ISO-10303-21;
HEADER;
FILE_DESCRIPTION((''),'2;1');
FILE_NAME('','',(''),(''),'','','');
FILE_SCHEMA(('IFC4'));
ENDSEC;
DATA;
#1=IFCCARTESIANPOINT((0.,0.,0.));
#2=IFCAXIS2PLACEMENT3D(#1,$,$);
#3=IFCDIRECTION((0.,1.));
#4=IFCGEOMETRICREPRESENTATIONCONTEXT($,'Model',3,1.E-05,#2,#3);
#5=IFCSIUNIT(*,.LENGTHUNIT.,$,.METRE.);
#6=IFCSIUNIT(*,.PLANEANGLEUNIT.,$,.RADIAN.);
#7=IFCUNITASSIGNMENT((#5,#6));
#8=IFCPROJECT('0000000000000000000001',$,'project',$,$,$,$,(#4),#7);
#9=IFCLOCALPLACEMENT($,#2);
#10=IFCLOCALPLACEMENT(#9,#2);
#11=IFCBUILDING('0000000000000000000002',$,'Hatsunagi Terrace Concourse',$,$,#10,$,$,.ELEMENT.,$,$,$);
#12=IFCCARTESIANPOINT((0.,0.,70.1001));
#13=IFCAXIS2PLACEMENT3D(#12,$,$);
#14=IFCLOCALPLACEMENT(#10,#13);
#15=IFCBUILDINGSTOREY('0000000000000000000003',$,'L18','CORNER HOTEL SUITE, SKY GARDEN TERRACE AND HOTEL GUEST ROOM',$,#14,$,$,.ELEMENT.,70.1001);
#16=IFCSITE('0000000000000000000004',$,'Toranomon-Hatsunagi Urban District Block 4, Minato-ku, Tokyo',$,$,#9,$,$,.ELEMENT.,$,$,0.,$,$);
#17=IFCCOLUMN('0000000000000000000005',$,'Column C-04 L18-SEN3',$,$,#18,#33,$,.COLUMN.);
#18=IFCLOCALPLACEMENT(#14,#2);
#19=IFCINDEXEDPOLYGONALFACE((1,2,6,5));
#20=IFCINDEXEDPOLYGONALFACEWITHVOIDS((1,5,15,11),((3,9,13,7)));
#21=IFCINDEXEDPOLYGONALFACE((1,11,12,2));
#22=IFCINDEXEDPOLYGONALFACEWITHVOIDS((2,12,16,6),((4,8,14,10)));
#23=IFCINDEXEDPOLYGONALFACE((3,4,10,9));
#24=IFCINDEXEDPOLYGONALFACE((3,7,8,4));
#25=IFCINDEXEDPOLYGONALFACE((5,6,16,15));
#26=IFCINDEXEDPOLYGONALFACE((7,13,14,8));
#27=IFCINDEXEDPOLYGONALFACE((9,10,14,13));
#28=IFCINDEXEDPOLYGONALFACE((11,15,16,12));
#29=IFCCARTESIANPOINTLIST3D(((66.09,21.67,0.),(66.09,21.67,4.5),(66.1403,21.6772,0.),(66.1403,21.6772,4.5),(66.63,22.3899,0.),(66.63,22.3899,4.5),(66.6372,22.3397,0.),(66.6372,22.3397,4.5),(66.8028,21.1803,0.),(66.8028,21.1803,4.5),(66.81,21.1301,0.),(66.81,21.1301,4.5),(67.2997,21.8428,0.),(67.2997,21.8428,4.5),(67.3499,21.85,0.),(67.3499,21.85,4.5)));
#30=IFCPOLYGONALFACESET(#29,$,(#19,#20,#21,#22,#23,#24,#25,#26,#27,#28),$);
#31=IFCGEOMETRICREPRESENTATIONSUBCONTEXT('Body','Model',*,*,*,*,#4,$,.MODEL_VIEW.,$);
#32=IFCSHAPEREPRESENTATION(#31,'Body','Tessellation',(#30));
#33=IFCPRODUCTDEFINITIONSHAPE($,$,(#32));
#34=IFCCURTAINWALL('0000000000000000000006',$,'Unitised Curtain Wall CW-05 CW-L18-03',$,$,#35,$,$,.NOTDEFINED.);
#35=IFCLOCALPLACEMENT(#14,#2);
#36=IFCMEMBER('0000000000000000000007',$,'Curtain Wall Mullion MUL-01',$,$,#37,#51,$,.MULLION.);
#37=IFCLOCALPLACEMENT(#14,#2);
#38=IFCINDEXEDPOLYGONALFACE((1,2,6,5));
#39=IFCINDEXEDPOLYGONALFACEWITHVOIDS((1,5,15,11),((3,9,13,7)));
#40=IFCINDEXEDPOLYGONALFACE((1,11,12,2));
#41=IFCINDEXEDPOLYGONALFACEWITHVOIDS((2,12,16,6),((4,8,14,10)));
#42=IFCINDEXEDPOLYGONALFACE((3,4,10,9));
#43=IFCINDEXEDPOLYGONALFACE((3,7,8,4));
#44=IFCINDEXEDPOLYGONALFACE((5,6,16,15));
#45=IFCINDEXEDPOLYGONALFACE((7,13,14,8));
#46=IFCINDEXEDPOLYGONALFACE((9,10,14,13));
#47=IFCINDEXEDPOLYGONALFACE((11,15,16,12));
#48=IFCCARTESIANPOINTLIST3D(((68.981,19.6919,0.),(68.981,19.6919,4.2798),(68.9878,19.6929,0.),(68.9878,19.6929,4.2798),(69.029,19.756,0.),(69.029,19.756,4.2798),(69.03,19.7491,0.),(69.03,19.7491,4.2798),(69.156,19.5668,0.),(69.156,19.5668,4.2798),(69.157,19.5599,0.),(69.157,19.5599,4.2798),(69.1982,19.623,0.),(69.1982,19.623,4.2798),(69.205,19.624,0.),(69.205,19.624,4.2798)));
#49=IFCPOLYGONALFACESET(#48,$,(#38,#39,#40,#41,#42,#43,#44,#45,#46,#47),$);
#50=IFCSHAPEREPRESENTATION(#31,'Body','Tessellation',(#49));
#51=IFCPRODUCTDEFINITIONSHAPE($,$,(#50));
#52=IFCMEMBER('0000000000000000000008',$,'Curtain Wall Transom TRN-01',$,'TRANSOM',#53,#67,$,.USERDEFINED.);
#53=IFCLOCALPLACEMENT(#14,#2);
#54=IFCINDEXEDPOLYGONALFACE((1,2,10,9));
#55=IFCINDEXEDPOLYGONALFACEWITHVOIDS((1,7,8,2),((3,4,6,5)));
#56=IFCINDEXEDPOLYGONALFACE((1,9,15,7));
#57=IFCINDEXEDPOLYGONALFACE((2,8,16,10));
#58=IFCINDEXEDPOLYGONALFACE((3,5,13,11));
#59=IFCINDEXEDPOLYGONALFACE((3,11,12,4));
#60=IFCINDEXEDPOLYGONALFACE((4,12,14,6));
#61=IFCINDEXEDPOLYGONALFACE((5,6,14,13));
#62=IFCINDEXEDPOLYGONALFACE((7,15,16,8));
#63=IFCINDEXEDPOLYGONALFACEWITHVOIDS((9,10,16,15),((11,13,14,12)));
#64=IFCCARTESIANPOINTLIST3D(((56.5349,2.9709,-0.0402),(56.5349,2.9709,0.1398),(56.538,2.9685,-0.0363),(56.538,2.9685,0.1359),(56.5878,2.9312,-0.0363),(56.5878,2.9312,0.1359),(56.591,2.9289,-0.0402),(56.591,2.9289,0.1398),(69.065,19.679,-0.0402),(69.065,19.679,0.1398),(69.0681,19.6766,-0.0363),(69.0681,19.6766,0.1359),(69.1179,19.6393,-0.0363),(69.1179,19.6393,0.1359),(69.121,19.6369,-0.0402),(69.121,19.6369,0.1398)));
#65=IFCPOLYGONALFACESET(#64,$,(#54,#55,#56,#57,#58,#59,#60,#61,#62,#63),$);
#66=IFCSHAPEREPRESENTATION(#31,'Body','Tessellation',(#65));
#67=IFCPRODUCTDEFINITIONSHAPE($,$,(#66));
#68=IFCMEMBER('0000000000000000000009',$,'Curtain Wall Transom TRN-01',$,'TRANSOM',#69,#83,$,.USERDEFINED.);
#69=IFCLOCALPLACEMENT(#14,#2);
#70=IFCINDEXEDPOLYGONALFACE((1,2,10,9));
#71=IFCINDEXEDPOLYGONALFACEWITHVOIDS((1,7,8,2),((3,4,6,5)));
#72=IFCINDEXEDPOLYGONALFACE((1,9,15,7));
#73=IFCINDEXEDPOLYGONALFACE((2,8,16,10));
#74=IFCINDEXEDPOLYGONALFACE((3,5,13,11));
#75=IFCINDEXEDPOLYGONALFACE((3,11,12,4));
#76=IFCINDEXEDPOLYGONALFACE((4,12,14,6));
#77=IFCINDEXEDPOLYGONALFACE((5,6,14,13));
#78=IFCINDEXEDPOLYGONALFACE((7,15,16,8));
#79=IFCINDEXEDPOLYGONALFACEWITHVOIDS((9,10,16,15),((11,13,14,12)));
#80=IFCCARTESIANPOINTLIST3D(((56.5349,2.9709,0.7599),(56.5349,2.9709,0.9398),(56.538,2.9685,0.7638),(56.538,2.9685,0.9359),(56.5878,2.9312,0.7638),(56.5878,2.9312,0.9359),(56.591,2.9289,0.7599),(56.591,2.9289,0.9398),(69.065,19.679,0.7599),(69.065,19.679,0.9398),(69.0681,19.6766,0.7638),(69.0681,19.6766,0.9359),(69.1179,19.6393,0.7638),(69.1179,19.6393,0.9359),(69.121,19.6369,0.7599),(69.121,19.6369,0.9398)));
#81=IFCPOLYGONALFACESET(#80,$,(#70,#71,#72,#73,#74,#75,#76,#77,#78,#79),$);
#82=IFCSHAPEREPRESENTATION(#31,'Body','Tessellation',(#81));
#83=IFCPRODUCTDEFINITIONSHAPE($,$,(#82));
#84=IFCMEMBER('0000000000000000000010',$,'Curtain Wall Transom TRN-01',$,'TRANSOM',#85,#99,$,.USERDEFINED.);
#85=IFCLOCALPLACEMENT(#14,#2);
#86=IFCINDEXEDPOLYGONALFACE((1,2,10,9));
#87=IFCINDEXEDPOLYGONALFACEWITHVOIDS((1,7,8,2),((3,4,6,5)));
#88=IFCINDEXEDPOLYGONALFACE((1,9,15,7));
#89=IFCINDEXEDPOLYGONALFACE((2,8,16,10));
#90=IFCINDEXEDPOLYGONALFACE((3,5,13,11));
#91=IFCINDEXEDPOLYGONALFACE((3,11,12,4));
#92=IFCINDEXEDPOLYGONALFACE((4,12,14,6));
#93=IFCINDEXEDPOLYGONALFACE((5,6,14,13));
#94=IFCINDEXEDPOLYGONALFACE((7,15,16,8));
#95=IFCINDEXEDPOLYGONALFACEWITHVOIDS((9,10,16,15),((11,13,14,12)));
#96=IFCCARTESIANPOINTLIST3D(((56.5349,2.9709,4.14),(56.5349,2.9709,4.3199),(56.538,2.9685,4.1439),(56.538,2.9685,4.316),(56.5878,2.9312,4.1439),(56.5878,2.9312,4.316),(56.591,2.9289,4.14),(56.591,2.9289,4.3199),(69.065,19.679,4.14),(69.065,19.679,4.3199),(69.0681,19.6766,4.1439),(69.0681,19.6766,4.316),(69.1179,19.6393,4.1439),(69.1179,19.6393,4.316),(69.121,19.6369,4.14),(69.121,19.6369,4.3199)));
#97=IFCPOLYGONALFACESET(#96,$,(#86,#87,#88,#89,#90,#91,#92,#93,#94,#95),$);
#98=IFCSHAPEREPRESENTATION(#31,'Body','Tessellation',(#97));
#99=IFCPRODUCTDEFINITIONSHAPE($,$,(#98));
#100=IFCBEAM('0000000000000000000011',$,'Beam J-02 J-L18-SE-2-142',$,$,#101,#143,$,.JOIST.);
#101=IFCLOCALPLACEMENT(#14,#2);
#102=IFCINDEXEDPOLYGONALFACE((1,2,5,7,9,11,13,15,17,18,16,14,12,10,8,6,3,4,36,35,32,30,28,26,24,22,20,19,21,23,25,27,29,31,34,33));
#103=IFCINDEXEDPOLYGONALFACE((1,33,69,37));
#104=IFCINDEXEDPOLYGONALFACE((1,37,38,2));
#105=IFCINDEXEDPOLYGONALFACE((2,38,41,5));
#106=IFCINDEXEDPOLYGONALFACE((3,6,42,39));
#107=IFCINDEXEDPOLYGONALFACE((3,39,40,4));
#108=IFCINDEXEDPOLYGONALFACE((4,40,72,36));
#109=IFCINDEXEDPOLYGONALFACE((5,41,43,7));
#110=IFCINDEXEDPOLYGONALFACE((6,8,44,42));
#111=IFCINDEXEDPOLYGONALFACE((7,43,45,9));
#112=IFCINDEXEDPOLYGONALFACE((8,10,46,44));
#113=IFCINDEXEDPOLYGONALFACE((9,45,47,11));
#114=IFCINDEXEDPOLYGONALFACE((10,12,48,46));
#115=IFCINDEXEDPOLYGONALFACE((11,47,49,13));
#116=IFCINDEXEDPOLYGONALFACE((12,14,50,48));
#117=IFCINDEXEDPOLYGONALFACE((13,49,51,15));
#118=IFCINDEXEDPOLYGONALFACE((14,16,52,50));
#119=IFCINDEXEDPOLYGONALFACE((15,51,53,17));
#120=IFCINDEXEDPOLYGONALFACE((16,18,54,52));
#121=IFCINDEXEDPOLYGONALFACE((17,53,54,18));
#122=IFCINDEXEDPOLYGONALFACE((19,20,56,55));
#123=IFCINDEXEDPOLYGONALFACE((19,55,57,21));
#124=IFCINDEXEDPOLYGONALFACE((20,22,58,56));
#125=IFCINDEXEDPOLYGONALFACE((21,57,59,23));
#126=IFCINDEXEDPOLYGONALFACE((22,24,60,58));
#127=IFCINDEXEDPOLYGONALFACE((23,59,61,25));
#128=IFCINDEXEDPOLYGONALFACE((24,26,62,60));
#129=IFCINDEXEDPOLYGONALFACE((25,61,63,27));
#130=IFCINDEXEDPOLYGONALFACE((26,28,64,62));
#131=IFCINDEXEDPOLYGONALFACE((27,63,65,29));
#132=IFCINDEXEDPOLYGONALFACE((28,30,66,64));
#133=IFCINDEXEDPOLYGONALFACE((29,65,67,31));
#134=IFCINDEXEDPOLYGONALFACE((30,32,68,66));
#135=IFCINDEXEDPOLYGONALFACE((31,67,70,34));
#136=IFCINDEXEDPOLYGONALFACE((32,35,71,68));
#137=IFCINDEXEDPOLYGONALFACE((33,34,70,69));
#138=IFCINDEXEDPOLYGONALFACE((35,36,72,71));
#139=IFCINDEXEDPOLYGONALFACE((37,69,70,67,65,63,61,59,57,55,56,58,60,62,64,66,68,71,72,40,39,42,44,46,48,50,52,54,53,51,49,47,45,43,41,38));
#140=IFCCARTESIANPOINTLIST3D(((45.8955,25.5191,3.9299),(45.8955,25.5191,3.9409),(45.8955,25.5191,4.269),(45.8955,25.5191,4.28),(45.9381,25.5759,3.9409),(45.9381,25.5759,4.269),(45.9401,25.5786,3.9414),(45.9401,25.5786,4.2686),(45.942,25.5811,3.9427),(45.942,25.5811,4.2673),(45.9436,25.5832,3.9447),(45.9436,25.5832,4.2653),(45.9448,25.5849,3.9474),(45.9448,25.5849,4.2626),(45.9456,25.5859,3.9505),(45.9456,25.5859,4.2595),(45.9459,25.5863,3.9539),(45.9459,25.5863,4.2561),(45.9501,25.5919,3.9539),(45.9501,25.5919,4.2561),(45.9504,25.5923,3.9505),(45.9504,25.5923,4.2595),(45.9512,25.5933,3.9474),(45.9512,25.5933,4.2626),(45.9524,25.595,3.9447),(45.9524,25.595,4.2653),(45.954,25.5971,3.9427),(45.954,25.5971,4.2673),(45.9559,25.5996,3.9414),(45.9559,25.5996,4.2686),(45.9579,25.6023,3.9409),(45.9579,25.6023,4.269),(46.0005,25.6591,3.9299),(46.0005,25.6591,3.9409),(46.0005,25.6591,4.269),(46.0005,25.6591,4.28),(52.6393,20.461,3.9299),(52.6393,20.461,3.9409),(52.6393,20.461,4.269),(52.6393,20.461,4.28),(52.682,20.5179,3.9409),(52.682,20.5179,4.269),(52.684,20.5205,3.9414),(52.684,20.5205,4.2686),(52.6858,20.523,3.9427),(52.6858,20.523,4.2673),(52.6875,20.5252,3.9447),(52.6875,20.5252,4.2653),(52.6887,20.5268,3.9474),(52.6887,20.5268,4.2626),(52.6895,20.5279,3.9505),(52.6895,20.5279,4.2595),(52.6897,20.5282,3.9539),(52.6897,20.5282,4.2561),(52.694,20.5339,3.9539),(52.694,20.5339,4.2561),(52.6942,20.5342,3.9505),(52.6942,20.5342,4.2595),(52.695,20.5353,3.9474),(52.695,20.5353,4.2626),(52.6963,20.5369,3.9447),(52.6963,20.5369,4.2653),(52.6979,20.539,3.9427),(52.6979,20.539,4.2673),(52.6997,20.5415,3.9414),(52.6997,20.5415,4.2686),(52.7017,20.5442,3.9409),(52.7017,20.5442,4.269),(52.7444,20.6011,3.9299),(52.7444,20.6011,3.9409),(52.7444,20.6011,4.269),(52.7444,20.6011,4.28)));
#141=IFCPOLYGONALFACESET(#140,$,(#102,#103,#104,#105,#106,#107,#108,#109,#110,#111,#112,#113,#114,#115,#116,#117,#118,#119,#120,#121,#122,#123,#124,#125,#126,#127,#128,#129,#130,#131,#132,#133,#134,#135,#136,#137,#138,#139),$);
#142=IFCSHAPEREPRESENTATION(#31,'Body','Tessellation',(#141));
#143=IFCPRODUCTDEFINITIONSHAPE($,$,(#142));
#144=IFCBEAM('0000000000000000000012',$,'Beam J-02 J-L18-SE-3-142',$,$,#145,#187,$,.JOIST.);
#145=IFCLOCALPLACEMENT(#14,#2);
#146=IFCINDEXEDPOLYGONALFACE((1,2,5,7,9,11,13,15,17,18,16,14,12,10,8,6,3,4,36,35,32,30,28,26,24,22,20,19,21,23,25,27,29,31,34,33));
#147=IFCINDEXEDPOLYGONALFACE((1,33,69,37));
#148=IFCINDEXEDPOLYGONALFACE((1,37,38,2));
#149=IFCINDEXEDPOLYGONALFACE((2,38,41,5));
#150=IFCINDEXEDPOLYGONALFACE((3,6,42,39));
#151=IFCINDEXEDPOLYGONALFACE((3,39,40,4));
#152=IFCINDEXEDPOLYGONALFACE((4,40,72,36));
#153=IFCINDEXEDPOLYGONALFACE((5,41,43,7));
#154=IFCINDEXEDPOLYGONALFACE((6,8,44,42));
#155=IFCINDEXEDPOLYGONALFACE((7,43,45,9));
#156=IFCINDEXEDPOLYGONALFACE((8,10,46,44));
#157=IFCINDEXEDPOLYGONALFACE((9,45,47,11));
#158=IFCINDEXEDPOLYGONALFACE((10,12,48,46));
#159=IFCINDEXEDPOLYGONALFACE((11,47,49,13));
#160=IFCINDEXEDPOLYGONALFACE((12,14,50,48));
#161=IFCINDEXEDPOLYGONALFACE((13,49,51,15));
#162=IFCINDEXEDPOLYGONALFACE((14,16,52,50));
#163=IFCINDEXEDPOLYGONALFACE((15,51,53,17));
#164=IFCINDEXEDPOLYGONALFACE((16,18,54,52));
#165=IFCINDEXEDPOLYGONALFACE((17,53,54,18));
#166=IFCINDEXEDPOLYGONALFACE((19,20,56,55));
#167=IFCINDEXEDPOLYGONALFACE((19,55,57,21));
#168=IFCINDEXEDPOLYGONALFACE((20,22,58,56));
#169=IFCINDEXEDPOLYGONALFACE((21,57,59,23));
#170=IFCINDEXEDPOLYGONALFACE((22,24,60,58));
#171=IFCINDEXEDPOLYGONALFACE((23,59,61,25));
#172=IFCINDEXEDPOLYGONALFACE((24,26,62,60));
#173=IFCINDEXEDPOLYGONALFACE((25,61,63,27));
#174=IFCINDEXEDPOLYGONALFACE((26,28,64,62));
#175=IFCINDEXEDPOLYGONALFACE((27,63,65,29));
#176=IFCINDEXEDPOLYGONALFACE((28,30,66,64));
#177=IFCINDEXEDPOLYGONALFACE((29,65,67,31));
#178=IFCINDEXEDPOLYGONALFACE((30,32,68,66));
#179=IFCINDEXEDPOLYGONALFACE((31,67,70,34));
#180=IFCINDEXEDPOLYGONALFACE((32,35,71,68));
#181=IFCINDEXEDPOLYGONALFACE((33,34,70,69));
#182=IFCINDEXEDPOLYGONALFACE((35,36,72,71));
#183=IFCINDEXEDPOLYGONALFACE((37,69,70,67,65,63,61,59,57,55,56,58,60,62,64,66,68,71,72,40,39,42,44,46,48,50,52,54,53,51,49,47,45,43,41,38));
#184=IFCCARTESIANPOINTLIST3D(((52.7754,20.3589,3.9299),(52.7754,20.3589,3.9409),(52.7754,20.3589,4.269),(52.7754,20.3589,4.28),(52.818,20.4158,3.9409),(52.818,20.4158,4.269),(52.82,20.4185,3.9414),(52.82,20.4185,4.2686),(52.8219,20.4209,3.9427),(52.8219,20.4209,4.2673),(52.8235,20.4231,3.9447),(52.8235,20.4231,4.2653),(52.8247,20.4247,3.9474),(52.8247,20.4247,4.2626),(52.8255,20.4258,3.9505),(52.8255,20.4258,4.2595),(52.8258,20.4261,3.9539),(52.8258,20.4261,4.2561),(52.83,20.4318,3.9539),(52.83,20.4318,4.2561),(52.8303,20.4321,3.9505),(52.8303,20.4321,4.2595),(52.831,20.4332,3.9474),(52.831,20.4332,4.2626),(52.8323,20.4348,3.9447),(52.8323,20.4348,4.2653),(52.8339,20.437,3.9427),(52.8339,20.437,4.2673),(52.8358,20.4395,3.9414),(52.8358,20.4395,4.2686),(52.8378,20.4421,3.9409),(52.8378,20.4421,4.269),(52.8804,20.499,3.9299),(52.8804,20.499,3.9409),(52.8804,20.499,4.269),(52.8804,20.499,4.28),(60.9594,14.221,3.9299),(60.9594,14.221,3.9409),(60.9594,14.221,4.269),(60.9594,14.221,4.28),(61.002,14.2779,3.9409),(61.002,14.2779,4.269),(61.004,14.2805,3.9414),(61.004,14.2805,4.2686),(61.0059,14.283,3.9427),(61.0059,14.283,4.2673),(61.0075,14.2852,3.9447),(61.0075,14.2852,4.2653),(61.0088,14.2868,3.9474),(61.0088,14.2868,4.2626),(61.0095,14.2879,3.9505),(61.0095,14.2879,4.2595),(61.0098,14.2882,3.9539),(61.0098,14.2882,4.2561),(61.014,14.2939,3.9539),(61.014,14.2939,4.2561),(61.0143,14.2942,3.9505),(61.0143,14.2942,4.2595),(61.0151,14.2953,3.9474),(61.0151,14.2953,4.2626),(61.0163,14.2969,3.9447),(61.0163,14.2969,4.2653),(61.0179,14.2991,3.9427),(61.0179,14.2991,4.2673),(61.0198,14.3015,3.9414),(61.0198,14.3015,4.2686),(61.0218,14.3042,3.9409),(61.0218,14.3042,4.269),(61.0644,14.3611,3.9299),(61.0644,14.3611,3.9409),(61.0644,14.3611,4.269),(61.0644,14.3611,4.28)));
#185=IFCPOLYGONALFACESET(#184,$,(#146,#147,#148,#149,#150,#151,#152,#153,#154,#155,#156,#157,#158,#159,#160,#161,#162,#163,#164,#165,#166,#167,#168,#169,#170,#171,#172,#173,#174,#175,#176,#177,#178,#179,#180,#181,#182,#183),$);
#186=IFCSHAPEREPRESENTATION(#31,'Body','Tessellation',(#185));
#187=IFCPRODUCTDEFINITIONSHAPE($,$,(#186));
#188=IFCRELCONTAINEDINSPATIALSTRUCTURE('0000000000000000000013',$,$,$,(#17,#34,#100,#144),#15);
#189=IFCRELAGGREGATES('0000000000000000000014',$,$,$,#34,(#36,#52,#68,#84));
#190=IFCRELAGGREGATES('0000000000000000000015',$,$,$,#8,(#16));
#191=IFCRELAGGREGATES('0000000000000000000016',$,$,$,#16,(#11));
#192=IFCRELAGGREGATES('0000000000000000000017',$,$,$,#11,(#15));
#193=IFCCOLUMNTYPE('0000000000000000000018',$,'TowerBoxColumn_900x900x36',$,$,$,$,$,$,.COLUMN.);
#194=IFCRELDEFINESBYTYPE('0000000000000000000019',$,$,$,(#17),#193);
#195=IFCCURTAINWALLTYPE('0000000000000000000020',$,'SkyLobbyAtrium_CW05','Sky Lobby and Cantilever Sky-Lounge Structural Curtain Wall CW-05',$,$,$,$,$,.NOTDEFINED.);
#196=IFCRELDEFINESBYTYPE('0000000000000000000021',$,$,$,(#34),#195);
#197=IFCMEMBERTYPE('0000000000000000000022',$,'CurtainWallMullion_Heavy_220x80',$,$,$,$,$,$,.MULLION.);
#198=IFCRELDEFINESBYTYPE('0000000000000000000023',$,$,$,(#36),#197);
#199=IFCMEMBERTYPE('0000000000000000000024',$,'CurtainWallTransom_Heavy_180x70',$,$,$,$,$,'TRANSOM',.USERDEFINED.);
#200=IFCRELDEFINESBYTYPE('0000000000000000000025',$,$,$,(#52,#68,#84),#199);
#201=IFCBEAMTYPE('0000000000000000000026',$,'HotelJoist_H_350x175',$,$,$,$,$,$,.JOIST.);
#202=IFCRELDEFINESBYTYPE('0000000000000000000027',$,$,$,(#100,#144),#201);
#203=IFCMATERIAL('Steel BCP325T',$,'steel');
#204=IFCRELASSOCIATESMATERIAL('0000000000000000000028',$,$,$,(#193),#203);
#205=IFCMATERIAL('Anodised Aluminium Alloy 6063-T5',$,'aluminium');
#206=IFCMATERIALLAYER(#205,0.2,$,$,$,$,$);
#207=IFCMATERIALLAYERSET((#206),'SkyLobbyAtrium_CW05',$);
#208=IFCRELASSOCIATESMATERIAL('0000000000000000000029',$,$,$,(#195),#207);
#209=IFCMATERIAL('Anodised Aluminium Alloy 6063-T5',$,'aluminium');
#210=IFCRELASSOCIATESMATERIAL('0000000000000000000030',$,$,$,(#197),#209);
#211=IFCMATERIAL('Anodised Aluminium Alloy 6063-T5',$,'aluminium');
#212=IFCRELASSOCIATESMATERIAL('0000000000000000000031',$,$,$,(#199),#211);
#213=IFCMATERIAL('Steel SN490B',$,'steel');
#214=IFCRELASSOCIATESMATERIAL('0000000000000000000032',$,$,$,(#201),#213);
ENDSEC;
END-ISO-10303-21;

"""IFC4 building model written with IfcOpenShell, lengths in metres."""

from ifc_helpers import new_model, si_unit, direction, frame, origin, origin_2d, place, context, subcontext, project, spatial, hollow_rectangle, i_section, extrude, material, layer, layer_set, material_profile, profile_set, type_object, element, aggregate, save


model = new_model("IFC4")

# Units and contexts
model_context = context("Model", 3, precision=1e-05, world=origin(), true_north=direction((0.0, 1.0)))
body_context = subcontext(model_context, "Body", "Model", "MODEL_VIEW")
ifc_project = project(units=[si_unit("LENGTHUNIT", "METRE"), si_unit("PLANEANGLEUNIT", "RADIAN")], contexts=[model_context])

# Site, building, storey
site_placement = place(None, origin())
site = spatial("IfcSite", under=ifc_project, at=site_placement, Name="Toranomon-Hatsunagi Urban District Block 4, Minato-ku, Tokyo", CompositionType="ELEMENT", RefElevation=0.0)
building_placement = place(site_placement, origin())
building = spatial("IfcBuilding", under=site, at=building_placement, Name="Hatsunagi Terrace Concourse", CompositionType="ELEMENT")
storey_placement = place(building_placement, frame((0.0, 0.0, 70.1001)))
storey = spatial("IfcBuildingStorey", under=building, at=storey_placement, Name="L18", Description="CORNER HOTEL SUITE, SKY GARDEN TERRACE AND HOTEL GUEST ROOM", CompositionType="ELEMENT", Elevation=70.1001)

# Column
ifc_material_1 = material(Name="Steel BCP325T", Category="steel")
ifc_material_profile_1 = material_profile(ifc_material_1, hollow_rectangle(XDim=0.8999, YDim=0.8999, WallThickness=0.0359, at=origin_2d()), Name="BCP-900x900x36")
ifc_profile_set_1 = profile_set([ifc_material_profile_1], Name="Steel BCP325T")
column_type = type_object("IfcColumnType", Name="TowerBoxColumn_900x900x36", PredefinedType="COLUMN", material=ifc_profile_set_1)
column_placement = place(storey_placement, frame((66.72, 21.76, 0.0), z_axis=(0.0, 0.0, 1.0), x_axis=(0.8, -0.6, 0.0)))
element("IfcColumn", 1, at=column_placement, inside=storey, type_object=column_type, Name="Column C-04 L18-SEN3", PredefinedType="COLUMN", context=body_context, shape_type="SweptSolid", body=[
    extrude(hollow_rectangle(XDim=0.8999, YDim=0.8999, WallThickness=0.0359, at=origin_2d()), origin(), (0.0, 0.0, 1.0), 4.5),
])

# Curtain wall, members
ifc_material_2 = material(Name="Anodised Aluminium Alloy 6063-T5", Category="aluminium")
ifc_layer_1 = layer(ifc_material_2, 0.2)
ifc_layer_set_1 = layer_set([ifc_layer_1], Name="SkyLobbyAtrium_CW05")
curtain_wall_type = type_object("IfcCurtainWallType", Name="SkyLobbyAtrium_CW05", Description="Sky Lobby and Cantilever Sky-Lounge Structural Curtain Wall CW-05", PredefinedType="NOTDEFINED", material=ifc_layer_set_1)
curtain_wall_placement = place(storey_placement, origin())
curtain_wall = element("IfcCurtainWall", 2, at=curtain_wall_placement, inside=storey, type_object=curtain_wall_type, Name="Unitised Curtain Wall CW-05 CW-L18-03", PredefinedType="NOTDEFINED")
ifc_material_3 = material(Name="Anodised Aluminium Alloy 6063-T5", Category="aluminium")
ifc_material_profile_2 = material_profile(ifc_material_3, hollow_rectangle(XDim=0.0801, YDim=0.22, WallThickness=0.0049, at=origin_2d()), Name="ALU-MUL-220x80x5")
ifc_profile_set_2 = profile_set([ifc_material_profile_2], Name="Anodised Aluminium Alloy 6063-T5")
member_type_1 = type_object("IfcMemberType", Name="CurtainWallMullion_Heavy_220x80", PredefinedType="MULLION", material=ifc_profile_set_2)
member_1_placement = place(storey_placement, frame((69.093, 19.658, 0.0), z_axis=(0.0, 0.0, 1.0), x_axis=(-0.599969, -0.800023, 0.0)))
member_1 = element("IfcMember", 3, at=member_1_placement, type_object=member_type_1, Name="Curtain Wall Mullion MUL-01", PredefinedType="MULLION", context=body_context, shape_type="SweptSolid", body=[
    extrude(hollow_rectangle(XDim=0.0801, YDim=0.22, WallThickness=0.0049, at=origin_2d()), origin(), (0.0, 0.0, 1.0), 4.2798),
])
ifc_material_4 = material(Name="Anodised Aluminium Alloy 6063-T5", Category="aluminium")
ifc_material_profile_3 = material_profile(ifc_material_4, hollow_rectangle(XDim=0.0701, YDim=0.1799, WallThickness=0.0039, at=origin_2d()), Name="ALU-TRN-180x70x4")
ifc_profile_set_3 = profile_set([ifc_material_profile_3], Name="Anodised Aluminium Alloy 6063-T5")
member_type_2 = type_object("IfcMemberType", Name="CurtainWallTransom_Heavy_180x70", ElementType="TRANSOM", PredefinedType="USERDEFINED", material=ifc_profile_set_3)
member_2_placement = place(storey_placement, frame((69.093, 19.658, 0.0498), z_axis=(-0.59997, -0.800022, 0.0), x_axis=(0.800022, -0.59997, 0.0)))
member_2 = element("IfcMember", 4, at=member_2_placement, type_object=member_type_2, Name="Curtain Wall Transom TRN-01", ObjectType="TRANSOM", PredefinedType="USERDEFINED", context=body_context, shape_type="SweptSolid", body=[
    extrude(hollow_rectangle(XDim=0.0701, YDim=0.1799, WallThickness=0.0039, at=origin_2d()), origin(), (0.0, 0.0, 1.0), 20.8845),
])
member_3_placement = place(storey_placement, frame((69.093, 19.658, 0.8499), z_axis=(-0.59997, -0.800022, 0.0), x_axis=(0.800022, -0.59997, 0.0)))
member_3 = element("IfcMember", 5, at=member_3_placement, type_object=member_type_2, Name="Curtain Wall Transom TRN-01", ObjectType="TRANSOM", PredefinedType="USERDEFINED", context=body_context, shape_type="SweptSolid", body=[
    extrude(hollow_rectangle(XDim=0.0701, YDim=0.1799, WallThickness=0.0039, at=origin_2d()), origin(), (0.0, 0.0, 1.0), 20.8845),
])
member_4_placement = place(storey_placement, frame((69.093, 19.658, 4.23), z_axis=(-0.59997, -0.800022, 0.0), x_axis=(0.800022, -0.59997, 0.0)))
member_4 = element("IfcMember", 6, at=member_4_placement, type_object=member_type_2, Name="Curtain Wall Transom TRN-01", ObjectType="TRANSOM", PredefinedType="USERDEFINED", context=body_context, shape_type="SweptSolid", body=[
    extrude(hollow_rectangle(XDim=0.0701, YDim=0.1799, WallThickness=0.0039, at=origin_2d()), origin(), (0.0, 0.0, 1.0), 20.8845),
])
aggregate(curtain_wall, [member_1, member_2, member_3, member_4])

# Beams
ifc_material_5 = material(Name="Steel SN490B", Category="steel")
ifc_material_profile_4 = material_profile(ifc_material_5, i_section(OverallWidth=0.175, OverallDepth=0.3501, WebThickness=0.0071, FlangeThickness=0.011, FilletRadius=0.0129, at=origin_2d()), Name="H-350x175x7x11")
ifc_profile_set_4 = profile_set([ifc_material_profile_4], Name="Steel SN490B")
beam_type_1 = type_object("IfcBeamType", Name="HotelJoist_H_350x175", PredefinedType="JOIST", material=ifc_profile_set_4)
beam_1_placement = place(storey_placement, frame((45.948, 25.5891, 4.105), z_axis=(0.79999, -0.600014, 0.0), x_axis=(0.600014, 0.79999, 0.0)))
element("IfcBeam", 7, at=beam_1_placement, inside=storey, type_object=beam_type_1, Name="Beam J-02 J-L18-SE-2-142", PredefinedType="JOIST", context=body_context, shape_type="SweptSolid", body=[
    extrude(i_section(OverallWidth=0.175, OverallDepth=0.3501, WebThickness=0.0071, FlangeThickness=0.011, FilletRadius=0.0129, at=origin_2d()), origin(), (0.0, 0.0, 1.0), 8.4299),
])
for number, where, z_axis, x_axis, name in (
    (8, (52.8279, 20.429, 4.105), (0.800006, -0.599992, 0.0), (0.599992, 0.800006, 0.0), "Beam J-02 J-L18-SE-3-142"),
):
    element("IfcBeam", number, at=place(storey_placement, frame(where, z_axis=z_axis, x_axis=x_axis)), inside=storey, type_object=beam_type_1, Name=name, PredefinedType="JOIST", context=body_context, shape_type="SweptSolid", body=[
        extrude(i_section(OverallWidth=0.175, OverallDepth=0.3501, WebThickness=0.0071, FlangeThickness=0.011, FilletRadius=0.0129, at=origin_2d()), origin(), (0.0, 0.0, 1.0), 10.23),
    ])

save(model, "model.ifc")
